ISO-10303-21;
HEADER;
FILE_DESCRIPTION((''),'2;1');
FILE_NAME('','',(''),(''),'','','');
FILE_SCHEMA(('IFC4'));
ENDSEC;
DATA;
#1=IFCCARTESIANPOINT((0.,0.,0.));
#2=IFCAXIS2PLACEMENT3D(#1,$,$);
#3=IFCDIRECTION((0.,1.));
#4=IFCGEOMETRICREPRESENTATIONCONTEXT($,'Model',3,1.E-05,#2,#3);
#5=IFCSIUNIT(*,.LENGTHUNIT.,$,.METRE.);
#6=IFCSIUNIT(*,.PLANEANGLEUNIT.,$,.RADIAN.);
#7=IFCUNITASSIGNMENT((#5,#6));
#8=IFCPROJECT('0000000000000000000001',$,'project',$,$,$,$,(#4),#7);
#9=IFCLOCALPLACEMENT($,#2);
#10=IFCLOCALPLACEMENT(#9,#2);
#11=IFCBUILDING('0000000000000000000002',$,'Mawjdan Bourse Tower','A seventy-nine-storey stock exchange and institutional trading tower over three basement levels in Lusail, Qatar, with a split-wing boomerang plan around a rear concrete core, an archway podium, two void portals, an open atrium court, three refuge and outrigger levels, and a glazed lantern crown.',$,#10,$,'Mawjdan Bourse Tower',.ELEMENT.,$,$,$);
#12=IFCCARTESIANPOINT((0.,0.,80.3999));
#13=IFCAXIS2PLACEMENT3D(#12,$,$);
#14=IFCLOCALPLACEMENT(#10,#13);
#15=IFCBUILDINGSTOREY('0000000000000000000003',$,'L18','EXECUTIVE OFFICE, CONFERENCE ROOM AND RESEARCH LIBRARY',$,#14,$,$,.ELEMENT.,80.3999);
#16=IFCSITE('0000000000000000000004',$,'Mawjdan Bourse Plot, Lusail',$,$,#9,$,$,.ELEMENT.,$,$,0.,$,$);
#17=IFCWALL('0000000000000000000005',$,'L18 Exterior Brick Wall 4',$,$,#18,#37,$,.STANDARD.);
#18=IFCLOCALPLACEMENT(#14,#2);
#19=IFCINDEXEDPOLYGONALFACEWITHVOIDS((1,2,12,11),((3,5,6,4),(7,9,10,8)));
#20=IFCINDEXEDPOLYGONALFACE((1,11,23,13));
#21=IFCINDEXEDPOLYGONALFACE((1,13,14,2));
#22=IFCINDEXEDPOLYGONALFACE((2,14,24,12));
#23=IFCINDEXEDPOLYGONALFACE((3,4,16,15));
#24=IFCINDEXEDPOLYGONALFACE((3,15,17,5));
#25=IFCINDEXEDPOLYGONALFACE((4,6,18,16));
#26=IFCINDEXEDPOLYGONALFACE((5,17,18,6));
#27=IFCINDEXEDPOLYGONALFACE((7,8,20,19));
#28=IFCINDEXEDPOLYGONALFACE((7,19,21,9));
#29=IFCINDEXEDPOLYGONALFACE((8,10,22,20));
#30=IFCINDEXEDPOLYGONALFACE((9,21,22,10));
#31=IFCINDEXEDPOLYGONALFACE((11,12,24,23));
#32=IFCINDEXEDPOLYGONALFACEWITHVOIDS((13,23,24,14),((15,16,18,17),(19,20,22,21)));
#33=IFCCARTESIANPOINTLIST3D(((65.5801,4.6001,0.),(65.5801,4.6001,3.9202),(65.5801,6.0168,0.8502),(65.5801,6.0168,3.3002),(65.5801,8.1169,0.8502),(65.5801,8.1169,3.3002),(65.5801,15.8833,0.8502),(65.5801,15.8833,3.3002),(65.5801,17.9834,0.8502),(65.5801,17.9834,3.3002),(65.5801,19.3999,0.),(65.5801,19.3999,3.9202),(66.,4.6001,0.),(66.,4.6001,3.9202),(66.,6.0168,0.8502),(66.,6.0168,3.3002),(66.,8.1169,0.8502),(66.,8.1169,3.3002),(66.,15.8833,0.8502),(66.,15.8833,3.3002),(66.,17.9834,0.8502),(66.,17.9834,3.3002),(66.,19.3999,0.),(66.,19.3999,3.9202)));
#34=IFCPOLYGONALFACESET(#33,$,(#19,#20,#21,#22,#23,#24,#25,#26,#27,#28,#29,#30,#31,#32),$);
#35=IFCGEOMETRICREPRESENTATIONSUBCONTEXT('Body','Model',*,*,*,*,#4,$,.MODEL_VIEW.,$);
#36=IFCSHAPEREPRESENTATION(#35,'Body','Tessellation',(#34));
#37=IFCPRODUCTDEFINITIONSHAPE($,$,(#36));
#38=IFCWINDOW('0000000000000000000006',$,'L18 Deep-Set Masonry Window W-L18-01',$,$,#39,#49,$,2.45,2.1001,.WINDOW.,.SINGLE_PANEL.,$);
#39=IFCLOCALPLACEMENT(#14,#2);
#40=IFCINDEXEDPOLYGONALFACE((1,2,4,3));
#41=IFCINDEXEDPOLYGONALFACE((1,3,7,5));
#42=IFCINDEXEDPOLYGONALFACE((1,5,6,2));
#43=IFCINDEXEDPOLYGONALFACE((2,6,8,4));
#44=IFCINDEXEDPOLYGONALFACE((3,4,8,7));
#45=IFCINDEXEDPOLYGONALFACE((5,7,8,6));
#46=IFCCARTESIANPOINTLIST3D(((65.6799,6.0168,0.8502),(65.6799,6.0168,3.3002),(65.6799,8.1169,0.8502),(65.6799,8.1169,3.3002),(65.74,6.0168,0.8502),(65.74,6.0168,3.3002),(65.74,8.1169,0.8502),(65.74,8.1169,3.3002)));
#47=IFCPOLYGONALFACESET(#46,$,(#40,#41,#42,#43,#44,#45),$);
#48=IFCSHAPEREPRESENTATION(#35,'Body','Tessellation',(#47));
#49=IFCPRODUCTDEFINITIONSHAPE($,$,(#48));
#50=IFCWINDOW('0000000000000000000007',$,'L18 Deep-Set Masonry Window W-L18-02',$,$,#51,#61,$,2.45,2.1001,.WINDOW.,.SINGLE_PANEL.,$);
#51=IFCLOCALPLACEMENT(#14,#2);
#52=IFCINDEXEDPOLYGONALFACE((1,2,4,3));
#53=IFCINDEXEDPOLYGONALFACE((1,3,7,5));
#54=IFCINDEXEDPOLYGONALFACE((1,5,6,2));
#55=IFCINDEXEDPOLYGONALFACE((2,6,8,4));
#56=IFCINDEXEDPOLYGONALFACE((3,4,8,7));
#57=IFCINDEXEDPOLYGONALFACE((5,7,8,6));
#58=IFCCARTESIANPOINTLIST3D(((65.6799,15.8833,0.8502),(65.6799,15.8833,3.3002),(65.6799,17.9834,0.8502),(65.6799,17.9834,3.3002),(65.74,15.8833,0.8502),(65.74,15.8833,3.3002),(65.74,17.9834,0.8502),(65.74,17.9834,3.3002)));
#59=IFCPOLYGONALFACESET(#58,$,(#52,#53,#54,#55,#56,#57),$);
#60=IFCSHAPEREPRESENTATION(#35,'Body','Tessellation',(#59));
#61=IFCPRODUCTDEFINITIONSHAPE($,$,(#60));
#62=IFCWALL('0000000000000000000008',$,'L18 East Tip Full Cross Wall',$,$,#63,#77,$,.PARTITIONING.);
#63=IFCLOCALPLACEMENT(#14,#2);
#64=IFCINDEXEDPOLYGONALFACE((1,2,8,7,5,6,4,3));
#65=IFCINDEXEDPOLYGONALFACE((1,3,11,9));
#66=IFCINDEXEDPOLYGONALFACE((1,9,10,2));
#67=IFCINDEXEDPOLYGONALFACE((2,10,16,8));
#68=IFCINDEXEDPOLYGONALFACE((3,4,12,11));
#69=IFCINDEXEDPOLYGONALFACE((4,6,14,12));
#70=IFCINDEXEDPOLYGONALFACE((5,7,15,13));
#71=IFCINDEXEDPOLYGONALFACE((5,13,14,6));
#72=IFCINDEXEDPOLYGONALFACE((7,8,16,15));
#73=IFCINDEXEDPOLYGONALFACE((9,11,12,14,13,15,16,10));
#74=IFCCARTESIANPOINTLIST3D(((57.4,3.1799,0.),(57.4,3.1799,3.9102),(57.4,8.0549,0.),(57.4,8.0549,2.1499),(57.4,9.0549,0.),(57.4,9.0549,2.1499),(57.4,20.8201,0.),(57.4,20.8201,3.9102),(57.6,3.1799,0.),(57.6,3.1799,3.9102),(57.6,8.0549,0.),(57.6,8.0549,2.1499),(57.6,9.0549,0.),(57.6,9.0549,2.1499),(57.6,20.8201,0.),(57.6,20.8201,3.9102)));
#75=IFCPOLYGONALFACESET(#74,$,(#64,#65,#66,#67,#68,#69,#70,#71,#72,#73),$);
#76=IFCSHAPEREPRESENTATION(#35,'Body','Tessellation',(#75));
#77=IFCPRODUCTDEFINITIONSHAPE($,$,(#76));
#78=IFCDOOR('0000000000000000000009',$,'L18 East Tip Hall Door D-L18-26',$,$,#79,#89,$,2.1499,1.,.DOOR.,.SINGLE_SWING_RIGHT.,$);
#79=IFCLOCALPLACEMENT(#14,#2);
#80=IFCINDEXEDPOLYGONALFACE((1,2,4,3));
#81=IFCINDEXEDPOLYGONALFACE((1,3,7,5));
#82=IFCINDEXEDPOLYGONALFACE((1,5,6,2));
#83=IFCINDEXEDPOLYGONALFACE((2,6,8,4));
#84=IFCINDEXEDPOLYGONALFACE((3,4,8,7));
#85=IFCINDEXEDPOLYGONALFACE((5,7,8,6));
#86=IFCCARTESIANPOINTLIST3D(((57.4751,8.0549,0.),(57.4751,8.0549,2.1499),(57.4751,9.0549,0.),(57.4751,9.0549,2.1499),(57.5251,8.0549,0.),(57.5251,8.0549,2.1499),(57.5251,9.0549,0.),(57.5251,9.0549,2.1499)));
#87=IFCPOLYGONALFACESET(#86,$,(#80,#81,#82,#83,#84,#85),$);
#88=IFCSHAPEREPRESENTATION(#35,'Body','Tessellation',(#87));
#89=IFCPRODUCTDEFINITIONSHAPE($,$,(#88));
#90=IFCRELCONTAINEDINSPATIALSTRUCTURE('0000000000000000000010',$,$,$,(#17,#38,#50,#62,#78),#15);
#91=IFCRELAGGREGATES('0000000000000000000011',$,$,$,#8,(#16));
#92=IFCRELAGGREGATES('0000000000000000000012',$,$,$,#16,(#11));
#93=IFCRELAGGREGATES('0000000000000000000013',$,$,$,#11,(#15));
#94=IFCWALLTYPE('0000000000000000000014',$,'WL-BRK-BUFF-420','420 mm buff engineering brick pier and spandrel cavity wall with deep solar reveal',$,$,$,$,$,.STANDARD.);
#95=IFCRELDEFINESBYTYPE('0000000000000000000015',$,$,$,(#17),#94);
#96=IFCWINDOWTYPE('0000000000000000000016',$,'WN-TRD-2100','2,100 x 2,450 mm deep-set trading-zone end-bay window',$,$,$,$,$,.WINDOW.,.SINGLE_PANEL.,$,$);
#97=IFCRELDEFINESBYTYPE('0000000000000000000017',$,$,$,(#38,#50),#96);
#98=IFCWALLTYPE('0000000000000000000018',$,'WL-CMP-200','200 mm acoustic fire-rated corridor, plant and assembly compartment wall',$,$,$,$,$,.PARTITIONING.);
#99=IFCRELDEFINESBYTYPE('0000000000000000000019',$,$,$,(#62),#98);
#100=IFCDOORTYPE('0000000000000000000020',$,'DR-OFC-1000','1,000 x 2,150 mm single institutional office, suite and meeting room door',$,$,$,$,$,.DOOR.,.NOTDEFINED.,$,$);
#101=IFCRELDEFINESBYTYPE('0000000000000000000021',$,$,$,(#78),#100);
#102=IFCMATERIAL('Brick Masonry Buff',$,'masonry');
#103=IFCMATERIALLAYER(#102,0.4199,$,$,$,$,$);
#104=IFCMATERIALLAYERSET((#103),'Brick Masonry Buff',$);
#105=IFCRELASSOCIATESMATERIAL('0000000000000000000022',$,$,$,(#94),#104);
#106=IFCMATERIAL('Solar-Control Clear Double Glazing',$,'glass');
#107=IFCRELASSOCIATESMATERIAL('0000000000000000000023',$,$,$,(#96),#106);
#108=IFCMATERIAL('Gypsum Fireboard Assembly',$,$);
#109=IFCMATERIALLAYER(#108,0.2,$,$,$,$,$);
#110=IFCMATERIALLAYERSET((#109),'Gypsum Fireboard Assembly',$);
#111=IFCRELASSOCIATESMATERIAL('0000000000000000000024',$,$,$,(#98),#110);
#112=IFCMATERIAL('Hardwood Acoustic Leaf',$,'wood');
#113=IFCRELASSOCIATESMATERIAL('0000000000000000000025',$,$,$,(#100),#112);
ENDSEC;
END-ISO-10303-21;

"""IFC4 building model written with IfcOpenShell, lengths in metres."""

from ifc_helpers import new_model, si_unit, direction, frame, frame_2d, origin, place, context, subcontext, project, spatial, rectangle, extrude, material, layer, layer_set, type_object, element, fill, save


model = new_model("IFC4")

# Units and contexts
model_context = context("Model", 3, precision=1e-05, world=origin(), true_north=direction((0.0, 1.0)))
body_context = subcontext(model_context, "Body", "Model", "MODEL_VIEW")
ifc_project = project(units=[si_unit("LENGTHUNIT", "METRE"), si_unit("PLANEANGLEUNIT", "RADIAN")], contexts=[model_context])

# Site, building, storey
site_placement = place(None, origin())
site = spatial("IfcSite", under=ifc_project, at=site_placement, Name="Mawjdan Bourse Plot, Lusail", CompositionType="ELEMENT", RefElevation=0.0)
building_placement = place(site_placement, origin())
building = spatial("IfcBuilding", under=site, at=building_placement, Name="Mawjdan Bourse Tower", Description="A seventy-nine-storey stock exchange and institutional trading tower over three basement levels in Lusail, Qatar, with a split-wing boomerang plan around a rear concrete core, an archway podium, two void portals, an open atrium court, three refuge and outrigger levels, and a glazed lantern crown.", LongName="Mawjdan Bourse Tower", CompositionType="ELEMENT")
storey_placement = place(building_placement, frame((0.0, 0.0, 80.3999)))
storey = spatial("IfcBuildingStorey", under=building, at=storey_placement, Name="L18", Description="EXECUTIVE OFFICE, CONFERENCE ROOM AND RESEARCH LIBRARY", CompositionType="ELEMENT", Elevation=80.3999)

# Shared definitions
ifc_material_1 = material(Name="Brick Masonry Buff", Category="masonry")
ifc_layer_1 = layer(ifc_material_1, 0.4199)
ifc_layer_set_1 = layer_set([ifc_layer_1], Name="Brick Masonry Buff")
wall_type_1 = type_object("IfcWallType", Name="WL-BRK-BUFF-420", Description="420 mm buff engineering brick pier and spandrel cavity wall with deep solar reveal", PredefinedType="STANDARD", material=ifc_layer_set_1)

# Wall, openings, windows
wall_1_placement = place(storey_placement, frame((65.79, 4.6001, 0.0), z_axis=(0.0, 0.0, 1.0), x_axis=(0.0, 1.0, 0.0)))
wall_1 = element("IfcWall", 1, at=wall_1_placement, inside=storey, type_object=wall_type_1, Name="L18 Exterior Brick Wall 4", PredefinedType="STANDARD", context=body_context, shape_type="SweptSolid", body=[
    extrude(rectangle(XDim=14.7998, YDim=0.4199, at=frame_2d((7.3999, 0.0))), origin(), (0.0, 0.0, 1.0), 3.9202),
])
opening_1_placement = place(wall_1_placement, frame((1.4167, 0.0, 0.8501)))
opening_1 = element("IfcOpeningElement", 2, at=opening_1_placement, cuts=wall_1, PredefinedType="OPENING", context=body_context, shape_type="SweptSolid", body=[
    extrude(rectangle(XDim=2.1001, YDim=2.45, at=frame_2d((1.05, 1.2251))), frame((0.0, 0.22, 0.0), z_axis=(0.0, -1.0, 0.0), x_axis=(1.0, 0.0, 0.0)), (0.0, 0.0, 1.0), 0.4399),
])
opening_2_placement = place(wall_1_placement, frame((11.2832, 0.0, 0.8501)))
opening_2 = element("IfcOpeningElement", 3, at=opening_2_placement, cuts=wall_1, PredefinedType="OPENING", context=body_context, shape_type="SweptSolid", body=[
    extrude(rectangle(XDim=2.1001, YDim=2.45, at=frame_2d((1.05, 1.2251))), frame((0.0, 0.22, 0.0), z_axis=(0.0, -1.0, 0.0), x_axis=(1.0, 0.0, 0.0)), (0.0, 0.0, 1.0), 0.4399),
])
ifc_material_2 = material(Name="Solar-Control Clear Double Glazing", Category="glass")
window_type = type_object("IfcWindowType", Name="WN-TRD-2100", Description="2,100 x 2,450 mm deep-set trading-zone end-bay window", PartitioningType="SINGLE_PANEL", PredefinedType="WINDOW", material=ifc_material_2)
window_1_placement = place(opening_1_placement, origin())
window_1 = element("IfcWindow", 4, at=window_1_placement, inside=storey, type_object=window_type, Name="L18 Deep-Set Masonry Window W-L18-01", OverallHeight=2.45, OverallWidth=2.1001, PartitioningType="SINGLE_PANEL", PredefinedType="WINDOW", context=body_context, shape_type="SweptSolid", body=[
    extrude(rectangle(XDim=2.1001, YDim=2.45, at=frame_2d((1.05, 1.2251))), frame((0.0, 0.1101, 0.0), z_axis=(0.0, -1.0, 0.0), x_axis=(1.0, 0.0, 0.0)), (0.0, 0.0, 1.0), 0.0601),
])
fill(opening_1, window_1)
window_2_placement = place(opening_2_placement, origin())
window_2 = element("IfcWindow", 5, at=window_2_placement, inside=storey, type_object=window_type, Name="L18 Deep-Set Masonry Window W-L18-02", OverallHeight=2.45, OverallWidth=2.1001, PartitioningType="SINGLE_PANEL", PredefinedType="WINDOW", context=body_context, shape_type="SweptSolid", body=[
    extrude(rectangle(XDim=2.1001, YDim=2.45, at=frame_2d((1.05, 1.2251))), frame((0.0, 0.1101, 0.0), z_axis=(0.0, -1.0, 0.0), x_axis=(1.0, 0.0, 0.0)), (0.0, 0.0, 1.0), 0.0601),
])
fill(opening_2, window_2)

# Wall, opening, door
ifc_material_3 = material(Name="Gypsum Fireboard Assembly")
ifc_layer_2 = layer(ifc_material_3, 0.2)
ifc_layer_set_2 = layer_set([ifc_layer_2], Name="Gypsum Fireboard Assembly")
wall_type_2 = type_object("IfcWallType", Name="WL-CMP-200", Description="200 mm acoustic fire-rated corridor, plant and assembly compartment wall", PredefinedType="PARTITIONING", material=ifc_layer_set_2)
wall_2_placement = place(storey_placement, frame((57.5, 3.1799, 0.0), z_axis=(0.0, 0.0, 1.0), x_axis=(0.0, 1.0, 0.0)))
wall_2 = element("IfcWall", 6, at=wall_2_placement, inside=storey, type_object=wall_type_2, Name="L18 East Tip Full Cross Wall", PredefinedType="PARTITIONING", context=body_context, shape_type="SweptSolid", body=[
    extrude(rectangle(XDim=17.6401, YDim=0.2, at=frame_2d((8.8201, 0.0))), origin(), (0.0, 0.0, 1.0), 3.9102),
])
opening_3_placement = place(wall_2_placement, frame((4.875, 0.0, 0.0)))
opening_3 = element("IfcOpeningElement", 7, at=opening_3_placement, cuts=wall_2, PredefinedType="OPENING", context=body_context, shape_type="SweptSolid", body=[
    extrude(rectangle(XDim=1.0, YDim=2.1499, at=frame_2d((0.5, 1.075))), frame((0.0, 0.1099, 0.0), z_axis=(0.0, -1.0, 0.0), x_axis=(1.0, 0.0, 0.0)), (0.0, 0.0, 1.0), 0.22),
])
ifc_material_4 = material(Name="Hardwood Acoustic Leaf", Category="wood")
door_type = type_object("IfcDoorType", Name="DR-OFC-1000", Description="1,000 x 2,150 mm single institutional office, suite and meeting room door", OperationType="NOTDEFINED", PredefinedType="DOOR", material=ifc_material_4)
door_placement = place(opening_3_placement, origin())
door = element("IfcDoor", 8, at=door_placement, inside=storey, type_object=door_type, Name="L18 East Tip Hall Door D-L18-26", OperationType="SINGLE_SWING_RIGHT", OverallHeight=2.1499, OverallWidth=1.0, PredefinedType="DOOR", context=body_context, shape_type="SweptSolid", body=[
    extrude(rectangle(XDim=1.0, YDim=2.1499, at=frame_2d((0.5, 1.075))), frame((0.0, 0.0249, 0.0), z_axis=(0.0, -1.0, 0.0), x_axis=(1.0, 0.0, 0.0)), (0.0, 0.0, 1.0), 0.05),
])
fill(opening_3, door)

save(model, "model.ifc")
